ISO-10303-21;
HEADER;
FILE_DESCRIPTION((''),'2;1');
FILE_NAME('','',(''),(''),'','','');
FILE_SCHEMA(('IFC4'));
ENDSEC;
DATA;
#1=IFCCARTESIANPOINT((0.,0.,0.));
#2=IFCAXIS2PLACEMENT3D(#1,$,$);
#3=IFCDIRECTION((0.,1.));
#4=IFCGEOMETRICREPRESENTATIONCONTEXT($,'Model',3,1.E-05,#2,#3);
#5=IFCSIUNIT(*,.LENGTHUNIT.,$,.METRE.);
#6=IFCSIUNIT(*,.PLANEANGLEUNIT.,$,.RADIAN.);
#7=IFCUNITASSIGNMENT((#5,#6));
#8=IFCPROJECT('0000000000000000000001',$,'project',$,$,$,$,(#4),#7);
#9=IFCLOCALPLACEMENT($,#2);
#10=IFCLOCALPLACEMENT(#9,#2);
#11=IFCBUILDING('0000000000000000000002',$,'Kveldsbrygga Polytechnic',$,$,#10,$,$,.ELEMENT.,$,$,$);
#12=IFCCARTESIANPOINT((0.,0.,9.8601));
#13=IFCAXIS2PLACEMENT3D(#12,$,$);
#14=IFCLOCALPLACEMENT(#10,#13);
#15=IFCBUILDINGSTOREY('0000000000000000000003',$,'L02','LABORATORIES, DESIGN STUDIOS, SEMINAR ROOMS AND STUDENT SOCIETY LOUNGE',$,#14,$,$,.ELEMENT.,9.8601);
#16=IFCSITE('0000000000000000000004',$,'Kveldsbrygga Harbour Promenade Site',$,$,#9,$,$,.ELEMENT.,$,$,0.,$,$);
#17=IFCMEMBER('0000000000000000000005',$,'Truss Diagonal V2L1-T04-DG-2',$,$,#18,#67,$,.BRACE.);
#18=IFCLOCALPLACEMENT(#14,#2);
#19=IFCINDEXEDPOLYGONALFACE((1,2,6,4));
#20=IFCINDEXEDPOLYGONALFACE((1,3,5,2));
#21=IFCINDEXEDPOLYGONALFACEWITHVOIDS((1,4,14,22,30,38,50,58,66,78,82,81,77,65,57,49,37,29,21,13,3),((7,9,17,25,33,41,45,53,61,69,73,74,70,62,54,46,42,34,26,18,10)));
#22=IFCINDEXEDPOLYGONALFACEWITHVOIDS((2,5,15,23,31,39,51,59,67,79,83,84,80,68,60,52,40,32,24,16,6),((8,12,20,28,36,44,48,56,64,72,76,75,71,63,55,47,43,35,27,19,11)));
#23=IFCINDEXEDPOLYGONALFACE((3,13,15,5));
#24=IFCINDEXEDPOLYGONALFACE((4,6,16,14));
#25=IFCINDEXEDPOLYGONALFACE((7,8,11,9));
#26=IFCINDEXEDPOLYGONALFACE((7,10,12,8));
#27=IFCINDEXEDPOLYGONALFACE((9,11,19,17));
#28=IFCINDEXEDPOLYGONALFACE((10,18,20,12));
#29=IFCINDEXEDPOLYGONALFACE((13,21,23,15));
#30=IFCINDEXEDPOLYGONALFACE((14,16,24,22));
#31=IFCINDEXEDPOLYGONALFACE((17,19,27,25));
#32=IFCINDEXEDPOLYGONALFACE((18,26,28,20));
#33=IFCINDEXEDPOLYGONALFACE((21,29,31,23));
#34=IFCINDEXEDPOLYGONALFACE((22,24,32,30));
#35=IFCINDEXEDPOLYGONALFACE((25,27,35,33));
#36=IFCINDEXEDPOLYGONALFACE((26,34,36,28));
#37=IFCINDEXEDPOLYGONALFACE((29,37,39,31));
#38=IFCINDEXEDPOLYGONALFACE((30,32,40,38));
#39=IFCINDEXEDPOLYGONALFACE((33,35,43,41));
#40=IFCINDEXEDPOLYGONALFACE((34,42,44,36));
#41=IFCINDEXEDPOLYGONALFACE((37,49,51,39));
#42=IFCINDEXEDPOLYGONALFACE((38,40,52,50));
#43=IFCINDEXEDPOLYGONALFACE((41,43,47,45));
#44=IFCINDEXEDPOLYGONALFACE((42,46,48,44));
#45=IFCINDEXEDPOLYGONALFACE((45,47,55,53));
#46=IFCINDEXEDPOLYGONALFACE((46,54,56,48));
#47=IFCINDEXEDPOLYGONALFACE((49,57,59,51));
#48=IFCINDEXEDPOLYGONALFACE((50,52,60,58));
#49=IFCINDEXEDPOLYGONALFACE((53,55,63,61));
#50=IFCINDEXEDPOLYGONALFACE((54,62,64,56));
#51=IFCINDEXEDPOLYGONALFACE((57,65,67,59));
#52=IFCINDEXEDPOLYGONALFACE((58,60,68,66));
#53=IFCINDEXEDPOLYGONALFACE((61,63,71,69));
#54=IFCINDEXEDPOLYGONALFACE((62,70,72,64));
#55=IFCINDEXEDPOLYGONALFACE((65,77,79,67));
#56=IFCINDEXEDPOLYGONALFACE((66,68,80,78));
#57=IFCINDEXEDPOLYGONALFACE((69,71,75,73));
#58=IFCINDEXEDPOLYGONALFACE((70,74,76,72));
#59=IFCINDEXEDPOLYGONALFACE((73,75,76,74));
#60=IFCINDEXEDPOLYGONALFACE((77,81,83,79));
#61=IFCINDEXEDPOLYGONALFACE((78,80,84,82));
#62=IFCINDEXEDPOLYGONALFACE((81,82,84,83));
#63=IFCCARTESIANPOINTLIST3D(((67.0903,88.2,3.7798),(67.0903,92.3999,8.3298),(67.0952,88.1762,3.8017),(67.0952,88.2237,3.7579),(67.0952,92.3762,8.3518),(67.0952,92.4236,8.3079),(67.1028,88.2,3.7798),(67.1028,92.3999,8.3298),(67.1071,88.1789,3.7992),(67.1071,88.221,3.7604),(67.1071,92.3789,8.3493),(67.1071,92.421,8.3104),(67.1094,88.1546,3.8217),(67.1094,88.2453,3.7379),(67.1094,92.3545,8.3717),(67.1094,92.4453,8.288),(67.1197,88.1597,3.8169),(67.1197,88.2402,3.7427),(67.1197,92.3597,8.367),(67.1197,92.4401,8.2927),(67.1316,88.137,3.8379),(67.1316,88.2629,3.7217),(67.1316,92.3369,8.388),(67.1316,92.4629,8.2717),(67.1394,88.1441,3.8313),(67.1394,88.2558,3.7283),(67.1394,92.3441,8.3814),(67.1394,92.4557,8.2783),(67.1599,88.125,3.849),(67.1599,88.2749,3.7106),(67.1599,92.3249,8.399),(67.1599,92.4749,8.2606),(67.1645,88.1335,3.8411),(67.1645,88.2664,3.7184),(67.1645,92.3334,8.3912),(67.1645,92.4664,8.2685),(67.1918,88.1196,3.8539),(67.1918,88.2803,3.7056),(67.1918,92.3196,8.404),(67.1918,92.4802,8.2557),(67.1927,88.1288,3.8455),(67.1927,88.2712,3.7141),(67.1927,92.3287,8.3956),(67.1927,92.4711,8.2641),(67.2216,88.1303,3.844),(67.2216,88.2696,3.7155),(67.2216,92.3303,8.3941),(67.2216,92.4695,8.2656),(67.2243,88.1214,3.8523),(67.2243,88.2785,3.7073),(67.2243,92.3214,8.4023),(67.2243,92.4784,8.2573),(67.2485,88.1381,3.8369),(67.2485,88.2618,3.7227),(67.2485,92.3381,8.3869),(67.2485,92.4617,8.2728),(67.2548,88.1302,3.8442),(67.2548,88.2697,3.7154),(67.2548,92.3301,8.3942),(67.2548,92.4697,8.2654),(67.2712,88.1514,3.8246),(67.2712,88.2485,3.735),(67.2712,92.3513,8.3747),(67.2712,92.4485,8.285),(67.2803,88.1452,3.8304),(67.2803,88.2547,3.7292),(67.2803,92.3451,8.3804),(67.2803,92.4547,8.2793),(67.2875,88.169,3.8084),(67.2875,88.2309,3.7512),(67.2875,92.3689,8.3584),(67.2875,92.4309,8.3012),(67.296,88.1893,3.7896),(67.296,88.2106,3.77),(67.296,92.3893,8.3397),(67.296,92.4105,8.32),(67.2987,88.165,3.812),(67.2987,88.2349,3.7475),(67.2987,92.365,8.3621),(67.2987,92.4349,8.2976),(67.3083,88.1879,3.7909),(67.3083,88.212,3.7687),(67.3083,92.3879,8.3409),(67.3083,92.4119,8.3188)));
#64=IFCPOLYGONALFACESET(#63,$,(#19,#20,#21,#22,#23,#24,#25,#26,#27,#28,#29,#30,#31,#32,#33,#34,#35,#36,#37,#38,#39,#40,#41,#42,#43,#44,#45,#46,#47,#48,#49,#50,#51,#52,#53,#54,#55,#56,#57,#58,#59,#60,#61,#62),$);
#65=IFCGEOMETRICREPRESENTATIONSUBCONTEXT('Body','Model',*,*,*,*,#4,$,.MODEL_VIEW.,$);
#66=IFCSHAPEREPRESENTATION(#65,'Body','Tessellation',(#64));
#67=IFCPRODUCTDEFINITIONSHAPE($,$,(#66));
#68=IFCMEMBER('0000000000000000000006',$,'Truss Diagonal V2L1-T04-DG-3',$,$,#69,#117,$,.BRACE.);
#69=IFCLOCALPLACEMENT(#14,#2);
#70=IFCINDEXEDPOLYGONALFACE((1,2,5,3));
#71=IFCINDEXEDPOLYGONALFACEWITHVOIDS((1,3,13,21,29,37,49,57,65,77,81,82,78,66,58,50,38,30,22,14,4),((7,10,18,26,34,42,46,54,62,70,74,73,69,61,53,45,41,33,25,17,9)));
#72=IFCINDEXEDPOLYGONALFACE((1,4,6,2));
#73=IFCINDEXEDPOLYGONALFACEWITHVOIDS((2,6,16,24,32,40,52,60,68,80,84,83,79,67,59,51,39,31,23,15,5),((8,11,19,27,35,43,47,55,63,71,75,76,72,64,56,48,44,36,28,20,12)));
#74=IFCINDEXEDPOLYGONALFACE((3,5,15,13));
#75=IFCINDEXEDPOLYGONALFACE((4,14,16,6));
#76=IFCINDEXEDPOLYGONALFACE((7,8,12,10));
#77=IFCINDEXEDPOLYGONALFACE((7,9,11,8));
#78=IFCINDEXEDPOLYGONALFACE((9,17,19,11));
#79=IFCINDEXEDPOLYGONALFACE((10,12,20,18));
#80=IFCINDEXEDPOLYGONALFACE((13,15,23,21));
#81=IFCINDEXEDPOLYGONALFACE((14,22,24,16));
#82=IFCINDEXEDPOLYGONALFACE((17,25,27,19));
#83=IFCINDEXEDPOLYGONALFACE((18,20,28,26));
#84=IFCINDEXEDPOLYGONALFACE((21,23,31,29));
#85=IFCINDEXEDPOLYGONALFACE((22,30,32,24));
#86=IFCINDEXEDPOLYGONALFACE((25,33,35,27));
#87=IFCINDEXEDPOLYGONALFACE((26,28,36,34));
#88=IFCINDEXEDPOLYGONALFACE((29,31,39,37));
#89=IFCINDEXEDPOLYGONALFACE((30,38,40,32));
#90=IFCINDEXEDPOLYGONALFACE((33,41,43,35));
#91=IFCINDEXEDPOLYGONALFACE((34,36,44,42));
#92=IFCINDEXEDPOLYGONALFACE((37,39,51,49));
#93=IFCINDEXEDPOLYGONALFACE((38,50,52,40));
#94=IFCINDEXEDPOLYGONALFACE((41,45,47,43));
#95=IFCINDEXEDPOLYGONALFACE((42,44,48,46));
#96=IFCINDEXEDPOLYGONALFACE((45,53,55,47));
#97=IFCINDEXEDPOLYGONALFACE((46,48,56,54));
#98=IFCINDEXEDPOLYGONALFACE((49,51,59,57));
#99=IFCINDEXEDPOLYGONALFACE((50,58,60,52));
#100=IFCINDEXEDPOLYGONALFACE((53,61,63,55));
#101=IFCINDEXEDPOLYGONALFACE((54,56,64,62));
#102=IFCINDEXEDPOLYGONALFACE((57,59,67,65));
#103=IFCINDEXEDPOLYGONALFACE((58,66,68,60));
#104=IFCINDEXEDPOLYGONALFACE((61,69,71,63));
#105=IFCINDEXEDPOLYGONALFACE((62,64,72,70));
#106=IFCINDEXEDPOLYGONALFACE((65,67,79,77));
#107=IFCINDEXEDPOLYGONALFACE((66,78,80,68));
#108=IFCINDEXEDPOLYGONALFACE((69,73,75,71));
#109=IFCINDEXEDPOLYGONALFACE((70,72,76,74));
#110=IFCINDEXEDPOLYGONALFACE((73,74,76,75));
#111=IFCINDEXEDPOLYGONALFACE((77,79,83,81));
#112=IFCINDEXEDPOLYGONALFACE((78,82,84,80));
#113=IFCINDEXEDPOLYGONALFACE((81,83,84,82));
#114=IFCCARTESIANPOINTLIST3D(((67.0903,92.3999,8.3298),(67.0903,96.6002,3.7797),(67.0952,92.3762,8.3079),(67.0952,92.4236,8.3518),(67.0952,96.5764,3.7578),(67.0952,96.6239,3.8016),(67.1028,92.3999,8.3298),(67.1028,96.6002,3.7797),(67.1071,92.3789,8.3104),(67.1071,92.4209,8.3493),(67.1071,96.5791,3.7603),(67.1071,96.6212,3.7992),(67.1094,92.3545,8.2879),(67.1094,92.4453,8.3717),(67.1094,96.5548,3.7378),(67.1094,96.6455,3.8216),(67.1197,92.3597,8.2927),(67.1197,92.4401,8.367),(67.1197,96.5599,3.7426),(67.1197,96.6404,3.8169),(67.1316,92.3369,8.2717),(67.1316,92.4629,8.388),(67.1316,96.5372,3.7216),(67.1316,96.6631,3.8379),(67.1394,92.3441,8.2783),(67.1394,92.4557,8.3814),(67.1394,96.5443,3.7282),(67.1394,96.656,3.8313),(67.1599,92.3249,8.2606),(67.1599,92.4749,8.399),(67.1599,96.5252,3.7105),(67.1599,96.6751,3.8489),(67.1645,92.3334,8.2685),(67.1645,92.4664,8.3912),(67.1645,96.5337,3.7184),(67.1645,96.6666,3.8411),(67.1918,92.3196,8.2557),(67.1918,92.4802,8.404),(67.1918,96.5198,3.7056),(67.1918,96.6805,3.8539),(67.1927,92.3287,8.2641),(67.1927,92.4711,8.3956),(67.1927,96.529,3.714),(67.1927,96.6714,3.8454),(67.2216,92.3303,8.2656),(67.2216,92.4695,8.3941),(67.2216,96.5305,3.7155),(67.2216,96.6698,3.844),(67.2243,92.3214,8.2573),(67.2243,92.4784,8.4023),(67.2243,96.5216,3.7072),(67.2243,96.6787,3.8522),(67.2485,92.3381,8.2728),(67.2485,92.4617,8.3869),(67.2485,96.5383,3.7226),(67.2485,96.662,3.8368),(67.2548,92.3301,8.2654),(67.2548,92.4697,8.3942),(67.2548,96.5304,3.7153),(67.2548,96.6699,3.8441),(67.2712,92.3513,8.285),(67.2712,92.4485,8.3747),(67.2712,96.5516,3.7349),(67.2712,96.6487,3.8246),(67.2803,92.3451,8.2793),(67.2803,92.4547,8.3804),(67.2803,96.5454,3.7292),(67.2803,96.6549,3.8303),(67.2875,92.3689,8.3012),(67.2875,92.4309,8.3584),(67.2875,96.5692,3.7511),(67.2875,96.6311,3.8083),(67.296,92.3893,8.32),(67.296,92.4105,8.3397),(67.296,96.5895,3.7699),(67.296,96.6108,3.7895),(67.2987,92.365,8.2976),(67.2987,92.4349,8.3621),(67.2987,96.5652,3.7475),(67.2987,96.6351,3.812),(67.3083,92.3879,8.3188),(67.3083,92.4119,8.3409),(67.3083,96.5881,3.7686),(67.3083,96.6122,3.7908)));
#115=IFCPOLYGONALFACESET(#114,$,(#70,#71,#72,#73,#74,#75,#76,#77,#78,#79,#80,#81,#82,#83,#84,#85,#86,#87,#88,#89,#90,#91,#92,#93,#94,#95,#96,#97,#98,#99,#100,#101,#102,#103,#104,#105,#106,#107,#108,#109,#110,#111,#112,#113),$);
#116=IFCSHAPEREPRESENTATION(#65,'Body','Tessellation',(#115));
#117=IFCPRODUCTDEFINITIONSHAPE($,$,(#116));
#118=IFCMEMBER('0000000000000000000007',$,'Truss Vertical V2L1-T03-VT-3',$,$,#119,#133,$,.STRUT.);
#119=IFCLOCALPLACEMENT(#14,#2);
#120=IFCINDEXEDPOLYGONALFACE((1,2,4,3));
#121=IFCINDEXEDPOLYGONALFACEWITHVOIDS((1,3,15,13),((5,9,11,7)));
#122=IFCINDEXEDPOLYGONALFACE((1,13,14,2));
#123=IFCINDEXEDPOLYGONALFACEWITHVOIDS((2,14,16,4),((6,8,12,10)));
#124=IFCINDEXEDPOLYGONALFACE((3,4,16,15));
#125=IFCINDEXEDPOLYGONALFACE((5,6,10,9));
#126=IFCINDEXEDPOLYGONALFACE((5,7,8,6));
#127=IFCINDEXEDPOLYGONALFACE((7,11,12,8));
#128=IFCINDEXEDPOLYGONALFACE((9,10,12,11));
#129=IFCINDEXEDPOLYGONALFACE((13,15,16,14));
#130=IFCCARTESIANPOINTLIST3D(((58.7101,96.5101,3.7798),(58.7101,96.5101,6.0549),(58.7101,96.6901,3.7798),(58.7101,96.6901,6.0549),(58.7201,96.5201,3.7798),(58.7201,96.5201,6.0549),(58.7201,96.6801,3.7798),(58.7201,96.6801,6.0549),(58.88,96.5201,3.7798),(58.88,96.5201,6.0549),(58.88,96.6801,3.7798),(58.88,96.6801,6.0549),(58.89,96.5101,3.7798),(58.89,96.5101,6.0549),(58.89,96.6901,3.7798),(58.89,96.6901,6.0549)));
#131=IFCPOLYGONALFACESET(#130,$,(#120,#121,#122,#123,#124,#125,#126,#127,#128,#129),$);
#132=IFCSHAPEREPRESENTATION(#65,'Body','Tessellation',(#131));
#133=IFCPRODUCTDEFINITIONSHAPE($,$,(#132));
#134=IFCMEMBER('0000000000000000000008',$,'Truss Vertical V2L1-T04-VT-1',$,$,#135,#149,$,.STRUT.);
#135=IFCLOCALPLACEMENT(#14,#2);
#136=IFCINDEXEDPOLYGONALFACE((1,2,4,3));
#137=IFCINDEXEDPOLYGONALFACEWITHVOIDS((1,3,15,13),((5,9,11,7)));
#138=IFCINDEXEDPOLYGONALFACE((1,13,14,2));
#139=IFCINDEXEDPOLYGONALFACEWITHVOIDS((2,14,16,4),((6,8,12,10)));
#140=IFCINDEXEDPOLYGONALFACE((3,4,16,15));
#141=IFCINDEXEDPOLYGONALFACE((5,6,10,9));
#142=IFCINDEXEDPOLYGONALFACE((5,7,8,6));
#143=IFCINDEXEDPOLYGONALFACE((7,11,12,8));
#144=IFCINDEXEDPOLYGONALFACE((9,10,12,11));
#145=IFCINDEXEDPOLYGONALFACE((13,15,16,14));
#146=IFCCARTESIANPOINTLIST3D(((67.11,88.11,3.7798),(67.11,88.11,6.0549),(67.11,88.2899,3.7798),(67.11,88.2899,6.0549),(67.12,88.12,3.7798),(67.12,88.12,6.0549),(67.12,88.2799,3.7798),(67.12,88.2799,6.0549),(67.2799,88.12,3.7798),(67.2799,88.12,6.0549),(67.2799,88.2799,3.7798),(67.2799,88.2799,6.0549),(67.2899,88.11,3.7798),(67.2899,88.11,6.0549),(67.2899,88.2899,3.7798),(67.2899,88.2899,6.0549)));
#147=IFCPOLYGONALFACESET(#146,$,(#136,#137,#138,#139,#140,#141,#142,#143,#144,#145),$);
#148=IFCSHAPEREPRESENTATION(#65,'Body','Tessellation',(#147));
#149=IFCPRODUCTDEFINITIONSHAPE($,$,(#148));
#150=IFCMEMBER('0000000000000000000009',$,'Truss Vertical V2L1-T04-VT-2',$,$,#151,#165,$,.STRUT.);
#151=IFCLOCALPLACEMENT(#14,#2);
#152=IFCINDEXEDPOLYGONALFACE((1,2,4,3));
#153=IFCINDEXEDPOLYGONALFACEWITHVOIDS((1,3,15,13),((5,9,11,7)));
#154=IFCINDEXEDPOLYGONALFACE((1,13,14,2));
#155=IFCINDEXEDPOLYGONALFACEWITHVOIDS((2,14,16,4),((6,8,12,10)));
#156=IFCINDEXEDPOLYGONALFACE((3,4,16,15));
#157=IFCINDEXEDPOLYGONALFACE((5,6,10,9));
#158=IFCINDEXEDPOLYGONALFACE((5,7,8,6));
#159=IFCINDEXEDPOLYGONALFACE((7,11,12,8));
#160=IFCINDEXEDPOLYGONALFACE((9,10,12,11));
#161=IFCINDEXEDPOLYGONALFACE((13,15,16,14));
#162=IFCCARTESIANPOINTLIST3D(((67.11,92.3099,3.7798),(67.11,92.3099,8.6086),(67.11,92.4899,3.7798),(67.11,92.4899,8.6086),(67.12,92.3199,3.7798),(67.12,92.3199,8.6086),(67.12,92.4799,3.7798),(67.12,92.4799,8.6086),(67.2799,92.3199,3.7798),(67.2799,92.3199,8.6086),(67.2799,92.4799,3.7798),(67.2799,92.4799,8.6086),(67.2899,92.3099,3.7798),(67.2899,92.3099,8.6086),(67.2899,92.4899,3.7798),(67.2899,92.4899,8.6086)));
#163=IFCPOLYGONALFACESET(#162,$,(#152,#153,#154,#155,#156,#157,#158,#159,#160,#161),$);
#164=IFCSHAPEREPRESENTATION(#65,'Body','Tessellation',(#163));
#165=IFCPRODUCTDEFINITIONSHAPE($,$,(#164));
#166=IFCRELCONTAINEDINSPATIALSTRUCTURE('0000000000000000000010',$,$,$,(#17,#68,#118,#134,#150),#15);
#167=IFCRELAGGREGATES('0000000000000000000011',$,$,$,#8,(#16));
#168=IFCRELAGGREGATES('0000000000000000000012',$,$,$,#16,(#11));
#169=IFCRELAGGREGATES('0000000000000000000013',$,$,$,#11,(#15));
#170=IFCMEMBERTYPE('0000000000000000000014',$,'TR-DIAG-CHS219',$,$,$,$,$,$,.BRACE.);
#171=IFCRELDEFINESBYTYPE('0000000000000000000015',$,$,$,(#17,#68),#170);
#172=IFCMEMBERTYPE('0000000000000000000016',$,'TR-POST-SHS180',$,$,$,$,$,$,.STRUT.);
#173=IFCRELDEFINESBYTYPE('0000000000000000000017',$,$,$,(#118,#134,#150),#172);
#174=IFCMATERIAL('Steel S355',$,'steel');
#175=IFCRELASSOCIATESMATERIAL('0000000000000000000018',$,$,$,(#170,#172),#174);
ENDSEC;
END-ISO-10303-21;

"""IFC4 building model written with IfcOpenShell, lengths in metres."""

from ifc_helpers import new_model, si_unit, direction, frame, origin, origin_2d, place, context, subcontext, project, spatial, hollow_rectangle, hollow_circle, extrude, material, material_profile, profile_set, type_object, element, save


model = new_model("IFC4")

# Units and contexts
model_context = context("Model", 3, precision=1e-05, world=origin(), true_north=direction((0.0, 1.0)))
body_context = subcontext(model_context, "Body", "Model", "MODEL_VIEW")
ifc_project = project(units=[si_unit("LENGTHUNIT", "METRE"), si_unit("PLANEANGLEUNIT", "RADIAN")], contexts=[model_context])

# Site, building, storey
site_placement = place(None, origin())
site = spatial("IfcSite", under=ifc_project, at=site_placement, Name="Kveldsbrygga Harbour Promenade Site", CompositionType="ELEMENT", RefElevation=0.0)
building_placement = place(site_placement, origin())
building = spatial("IfcBuilding", under=site, at=building_placement, Name="Kveldsbrygga Polytechnic", CompositionType="ELEMENT")
storey_placement = place(building_placement, frame((0.0, 0.0, 9.8601)))
storey = spatial("IfcBuildingStorey", under=building, at=storey_placement, Name="L02", Description="LABORATORIES, DESIGN STUDIOS, SEMINAR ROOMS AND STUDENT SOCIETY LOUNGE", CompositionType="ELEMENT", Elevation=9.8601)

# Members
ifc_material_1 = material(Name="Steel S355", Category="steel")
ifc_material_profile_1 = material_profile(ifc_material_1, hollow_circle(Radius=0.1096, WallThickness=0.0125, at=origin_2d()), Name="CHS 219.1x12.5")
ifc_profile_set_1 = profile_set([ifc_material_profile_1], Name="Steel S355")
member_type_1 = type_object("IfcMemberType", Name="TR-DIAG-CHS219", PredefinedType="BRACE", material=ifc_profile_set_1)
member_1_placement = place(storey_placement, frame((67.2, 88.2, 3.7798), z_axis=(0.0, 0.678272, 0.734811), x_axis=(-1.0, 0.0, 0.0)))
element("IfcMember", 1, at=member_1_placement, inside=storey, type_object=member_type_1, Name="Truss Diagonal V2L1-T04-DG-2", PredefinedType="BRACE", context=body_context, shape_type="SweptSolid", body=[
    extrude(hollow_circle(Radius=0.1096, WallThickness=0.0125, at=origin_2d()), origin(), (0.0, 0.0, 1.0), 6.1921),
])
member_2_placement = place(storey_placement, frame((67.2, 92.3999, 8.3298), z_axis=(0.0, 0.678293, -0.734791), x_axis=(-1.0, 0.0, 0.0)))
element("IfcMember", 2, at=member_2_placement, inside=storey, type_object=member_type_1, Name="Truss Diagonal V2L1-T04-DG-3", PredefinedType="BRACE", context=body_context, shape_type="SweptSolid", body=[
    extrude(hollow_circle(Radius=0.1096, WallThickness=0.0125, at=origin_2d()), origin(), (0.0, 0.0, 1.0), 6.1924),
])
ifc_material_profile_2 = material_profile(ifc_material_1, hollow_rectangle(XDim=0.1799, YDim=0.1799, WallThickness=0.01, at=origin_2d()), Name="SHS 180x180x10.0")
ifc_profile_set_2 = profile_set([ifc_material_profile_2], Name="Steel S355")
member_type_2 = type_object("IfcMemberType", Name="TR-POST-SHS180", PredefinedType="STRUT", material=ifc_profile_set_2)
for number, where, z_axis, x_axis, name in (
    (3, (58.8, 96.6001, 3.7798), (0.0, 0.0, 1.0), (1.0, 0.0, 0.0), "Truss Vertical V2L1-T03-VT-3"),
    (4, (67.2, 88.2, 3.7798), (0.0, 0.0, 1.0), (1.0, 0.0, 0.0), "Truss Vertical V2L1-T04-VT-1"),
):
    element("IfcMember", number, at=place(storey_placement, frame(where, z_axis=z_axis, x_axis=x_axis)), inside=storey, type_object=member_type_2, Name=name, PredefinedType="STRUT", context=body_context, shape_type="SweptSolid", body=[
        extrude(hollow_rectangle(XDim=0.1799, YDim=0.1799, WallThickness=0.01, at=origin_2d()), origin(), (0.0, 0.0, 1.0), 2.2751),
    ])
member_3_placement = place(storey_placement, frame((67.2, 92.3999, 3.7798), z_axis=(0.0, 0.0, 1.0), x_axis=(1.0, 0.0, 0.0)))
element("IfcMember", 5, at=member_3_placement, inside=storey, type_object=member_type_2, Name="Truss Vertical V2L1-T04-VT-2", PredefinedType="STRUT", context=body_context, shape_type="SweptSolid", body=[
    extrude(hollow_rectangle(XDim=0.1799, YDim=0.1799, WallThickness=0.01, at=origin_2d()), origin(), (0.0, 0.0, 1.0), 4.8289),
])

save(model, "model.ifc")
